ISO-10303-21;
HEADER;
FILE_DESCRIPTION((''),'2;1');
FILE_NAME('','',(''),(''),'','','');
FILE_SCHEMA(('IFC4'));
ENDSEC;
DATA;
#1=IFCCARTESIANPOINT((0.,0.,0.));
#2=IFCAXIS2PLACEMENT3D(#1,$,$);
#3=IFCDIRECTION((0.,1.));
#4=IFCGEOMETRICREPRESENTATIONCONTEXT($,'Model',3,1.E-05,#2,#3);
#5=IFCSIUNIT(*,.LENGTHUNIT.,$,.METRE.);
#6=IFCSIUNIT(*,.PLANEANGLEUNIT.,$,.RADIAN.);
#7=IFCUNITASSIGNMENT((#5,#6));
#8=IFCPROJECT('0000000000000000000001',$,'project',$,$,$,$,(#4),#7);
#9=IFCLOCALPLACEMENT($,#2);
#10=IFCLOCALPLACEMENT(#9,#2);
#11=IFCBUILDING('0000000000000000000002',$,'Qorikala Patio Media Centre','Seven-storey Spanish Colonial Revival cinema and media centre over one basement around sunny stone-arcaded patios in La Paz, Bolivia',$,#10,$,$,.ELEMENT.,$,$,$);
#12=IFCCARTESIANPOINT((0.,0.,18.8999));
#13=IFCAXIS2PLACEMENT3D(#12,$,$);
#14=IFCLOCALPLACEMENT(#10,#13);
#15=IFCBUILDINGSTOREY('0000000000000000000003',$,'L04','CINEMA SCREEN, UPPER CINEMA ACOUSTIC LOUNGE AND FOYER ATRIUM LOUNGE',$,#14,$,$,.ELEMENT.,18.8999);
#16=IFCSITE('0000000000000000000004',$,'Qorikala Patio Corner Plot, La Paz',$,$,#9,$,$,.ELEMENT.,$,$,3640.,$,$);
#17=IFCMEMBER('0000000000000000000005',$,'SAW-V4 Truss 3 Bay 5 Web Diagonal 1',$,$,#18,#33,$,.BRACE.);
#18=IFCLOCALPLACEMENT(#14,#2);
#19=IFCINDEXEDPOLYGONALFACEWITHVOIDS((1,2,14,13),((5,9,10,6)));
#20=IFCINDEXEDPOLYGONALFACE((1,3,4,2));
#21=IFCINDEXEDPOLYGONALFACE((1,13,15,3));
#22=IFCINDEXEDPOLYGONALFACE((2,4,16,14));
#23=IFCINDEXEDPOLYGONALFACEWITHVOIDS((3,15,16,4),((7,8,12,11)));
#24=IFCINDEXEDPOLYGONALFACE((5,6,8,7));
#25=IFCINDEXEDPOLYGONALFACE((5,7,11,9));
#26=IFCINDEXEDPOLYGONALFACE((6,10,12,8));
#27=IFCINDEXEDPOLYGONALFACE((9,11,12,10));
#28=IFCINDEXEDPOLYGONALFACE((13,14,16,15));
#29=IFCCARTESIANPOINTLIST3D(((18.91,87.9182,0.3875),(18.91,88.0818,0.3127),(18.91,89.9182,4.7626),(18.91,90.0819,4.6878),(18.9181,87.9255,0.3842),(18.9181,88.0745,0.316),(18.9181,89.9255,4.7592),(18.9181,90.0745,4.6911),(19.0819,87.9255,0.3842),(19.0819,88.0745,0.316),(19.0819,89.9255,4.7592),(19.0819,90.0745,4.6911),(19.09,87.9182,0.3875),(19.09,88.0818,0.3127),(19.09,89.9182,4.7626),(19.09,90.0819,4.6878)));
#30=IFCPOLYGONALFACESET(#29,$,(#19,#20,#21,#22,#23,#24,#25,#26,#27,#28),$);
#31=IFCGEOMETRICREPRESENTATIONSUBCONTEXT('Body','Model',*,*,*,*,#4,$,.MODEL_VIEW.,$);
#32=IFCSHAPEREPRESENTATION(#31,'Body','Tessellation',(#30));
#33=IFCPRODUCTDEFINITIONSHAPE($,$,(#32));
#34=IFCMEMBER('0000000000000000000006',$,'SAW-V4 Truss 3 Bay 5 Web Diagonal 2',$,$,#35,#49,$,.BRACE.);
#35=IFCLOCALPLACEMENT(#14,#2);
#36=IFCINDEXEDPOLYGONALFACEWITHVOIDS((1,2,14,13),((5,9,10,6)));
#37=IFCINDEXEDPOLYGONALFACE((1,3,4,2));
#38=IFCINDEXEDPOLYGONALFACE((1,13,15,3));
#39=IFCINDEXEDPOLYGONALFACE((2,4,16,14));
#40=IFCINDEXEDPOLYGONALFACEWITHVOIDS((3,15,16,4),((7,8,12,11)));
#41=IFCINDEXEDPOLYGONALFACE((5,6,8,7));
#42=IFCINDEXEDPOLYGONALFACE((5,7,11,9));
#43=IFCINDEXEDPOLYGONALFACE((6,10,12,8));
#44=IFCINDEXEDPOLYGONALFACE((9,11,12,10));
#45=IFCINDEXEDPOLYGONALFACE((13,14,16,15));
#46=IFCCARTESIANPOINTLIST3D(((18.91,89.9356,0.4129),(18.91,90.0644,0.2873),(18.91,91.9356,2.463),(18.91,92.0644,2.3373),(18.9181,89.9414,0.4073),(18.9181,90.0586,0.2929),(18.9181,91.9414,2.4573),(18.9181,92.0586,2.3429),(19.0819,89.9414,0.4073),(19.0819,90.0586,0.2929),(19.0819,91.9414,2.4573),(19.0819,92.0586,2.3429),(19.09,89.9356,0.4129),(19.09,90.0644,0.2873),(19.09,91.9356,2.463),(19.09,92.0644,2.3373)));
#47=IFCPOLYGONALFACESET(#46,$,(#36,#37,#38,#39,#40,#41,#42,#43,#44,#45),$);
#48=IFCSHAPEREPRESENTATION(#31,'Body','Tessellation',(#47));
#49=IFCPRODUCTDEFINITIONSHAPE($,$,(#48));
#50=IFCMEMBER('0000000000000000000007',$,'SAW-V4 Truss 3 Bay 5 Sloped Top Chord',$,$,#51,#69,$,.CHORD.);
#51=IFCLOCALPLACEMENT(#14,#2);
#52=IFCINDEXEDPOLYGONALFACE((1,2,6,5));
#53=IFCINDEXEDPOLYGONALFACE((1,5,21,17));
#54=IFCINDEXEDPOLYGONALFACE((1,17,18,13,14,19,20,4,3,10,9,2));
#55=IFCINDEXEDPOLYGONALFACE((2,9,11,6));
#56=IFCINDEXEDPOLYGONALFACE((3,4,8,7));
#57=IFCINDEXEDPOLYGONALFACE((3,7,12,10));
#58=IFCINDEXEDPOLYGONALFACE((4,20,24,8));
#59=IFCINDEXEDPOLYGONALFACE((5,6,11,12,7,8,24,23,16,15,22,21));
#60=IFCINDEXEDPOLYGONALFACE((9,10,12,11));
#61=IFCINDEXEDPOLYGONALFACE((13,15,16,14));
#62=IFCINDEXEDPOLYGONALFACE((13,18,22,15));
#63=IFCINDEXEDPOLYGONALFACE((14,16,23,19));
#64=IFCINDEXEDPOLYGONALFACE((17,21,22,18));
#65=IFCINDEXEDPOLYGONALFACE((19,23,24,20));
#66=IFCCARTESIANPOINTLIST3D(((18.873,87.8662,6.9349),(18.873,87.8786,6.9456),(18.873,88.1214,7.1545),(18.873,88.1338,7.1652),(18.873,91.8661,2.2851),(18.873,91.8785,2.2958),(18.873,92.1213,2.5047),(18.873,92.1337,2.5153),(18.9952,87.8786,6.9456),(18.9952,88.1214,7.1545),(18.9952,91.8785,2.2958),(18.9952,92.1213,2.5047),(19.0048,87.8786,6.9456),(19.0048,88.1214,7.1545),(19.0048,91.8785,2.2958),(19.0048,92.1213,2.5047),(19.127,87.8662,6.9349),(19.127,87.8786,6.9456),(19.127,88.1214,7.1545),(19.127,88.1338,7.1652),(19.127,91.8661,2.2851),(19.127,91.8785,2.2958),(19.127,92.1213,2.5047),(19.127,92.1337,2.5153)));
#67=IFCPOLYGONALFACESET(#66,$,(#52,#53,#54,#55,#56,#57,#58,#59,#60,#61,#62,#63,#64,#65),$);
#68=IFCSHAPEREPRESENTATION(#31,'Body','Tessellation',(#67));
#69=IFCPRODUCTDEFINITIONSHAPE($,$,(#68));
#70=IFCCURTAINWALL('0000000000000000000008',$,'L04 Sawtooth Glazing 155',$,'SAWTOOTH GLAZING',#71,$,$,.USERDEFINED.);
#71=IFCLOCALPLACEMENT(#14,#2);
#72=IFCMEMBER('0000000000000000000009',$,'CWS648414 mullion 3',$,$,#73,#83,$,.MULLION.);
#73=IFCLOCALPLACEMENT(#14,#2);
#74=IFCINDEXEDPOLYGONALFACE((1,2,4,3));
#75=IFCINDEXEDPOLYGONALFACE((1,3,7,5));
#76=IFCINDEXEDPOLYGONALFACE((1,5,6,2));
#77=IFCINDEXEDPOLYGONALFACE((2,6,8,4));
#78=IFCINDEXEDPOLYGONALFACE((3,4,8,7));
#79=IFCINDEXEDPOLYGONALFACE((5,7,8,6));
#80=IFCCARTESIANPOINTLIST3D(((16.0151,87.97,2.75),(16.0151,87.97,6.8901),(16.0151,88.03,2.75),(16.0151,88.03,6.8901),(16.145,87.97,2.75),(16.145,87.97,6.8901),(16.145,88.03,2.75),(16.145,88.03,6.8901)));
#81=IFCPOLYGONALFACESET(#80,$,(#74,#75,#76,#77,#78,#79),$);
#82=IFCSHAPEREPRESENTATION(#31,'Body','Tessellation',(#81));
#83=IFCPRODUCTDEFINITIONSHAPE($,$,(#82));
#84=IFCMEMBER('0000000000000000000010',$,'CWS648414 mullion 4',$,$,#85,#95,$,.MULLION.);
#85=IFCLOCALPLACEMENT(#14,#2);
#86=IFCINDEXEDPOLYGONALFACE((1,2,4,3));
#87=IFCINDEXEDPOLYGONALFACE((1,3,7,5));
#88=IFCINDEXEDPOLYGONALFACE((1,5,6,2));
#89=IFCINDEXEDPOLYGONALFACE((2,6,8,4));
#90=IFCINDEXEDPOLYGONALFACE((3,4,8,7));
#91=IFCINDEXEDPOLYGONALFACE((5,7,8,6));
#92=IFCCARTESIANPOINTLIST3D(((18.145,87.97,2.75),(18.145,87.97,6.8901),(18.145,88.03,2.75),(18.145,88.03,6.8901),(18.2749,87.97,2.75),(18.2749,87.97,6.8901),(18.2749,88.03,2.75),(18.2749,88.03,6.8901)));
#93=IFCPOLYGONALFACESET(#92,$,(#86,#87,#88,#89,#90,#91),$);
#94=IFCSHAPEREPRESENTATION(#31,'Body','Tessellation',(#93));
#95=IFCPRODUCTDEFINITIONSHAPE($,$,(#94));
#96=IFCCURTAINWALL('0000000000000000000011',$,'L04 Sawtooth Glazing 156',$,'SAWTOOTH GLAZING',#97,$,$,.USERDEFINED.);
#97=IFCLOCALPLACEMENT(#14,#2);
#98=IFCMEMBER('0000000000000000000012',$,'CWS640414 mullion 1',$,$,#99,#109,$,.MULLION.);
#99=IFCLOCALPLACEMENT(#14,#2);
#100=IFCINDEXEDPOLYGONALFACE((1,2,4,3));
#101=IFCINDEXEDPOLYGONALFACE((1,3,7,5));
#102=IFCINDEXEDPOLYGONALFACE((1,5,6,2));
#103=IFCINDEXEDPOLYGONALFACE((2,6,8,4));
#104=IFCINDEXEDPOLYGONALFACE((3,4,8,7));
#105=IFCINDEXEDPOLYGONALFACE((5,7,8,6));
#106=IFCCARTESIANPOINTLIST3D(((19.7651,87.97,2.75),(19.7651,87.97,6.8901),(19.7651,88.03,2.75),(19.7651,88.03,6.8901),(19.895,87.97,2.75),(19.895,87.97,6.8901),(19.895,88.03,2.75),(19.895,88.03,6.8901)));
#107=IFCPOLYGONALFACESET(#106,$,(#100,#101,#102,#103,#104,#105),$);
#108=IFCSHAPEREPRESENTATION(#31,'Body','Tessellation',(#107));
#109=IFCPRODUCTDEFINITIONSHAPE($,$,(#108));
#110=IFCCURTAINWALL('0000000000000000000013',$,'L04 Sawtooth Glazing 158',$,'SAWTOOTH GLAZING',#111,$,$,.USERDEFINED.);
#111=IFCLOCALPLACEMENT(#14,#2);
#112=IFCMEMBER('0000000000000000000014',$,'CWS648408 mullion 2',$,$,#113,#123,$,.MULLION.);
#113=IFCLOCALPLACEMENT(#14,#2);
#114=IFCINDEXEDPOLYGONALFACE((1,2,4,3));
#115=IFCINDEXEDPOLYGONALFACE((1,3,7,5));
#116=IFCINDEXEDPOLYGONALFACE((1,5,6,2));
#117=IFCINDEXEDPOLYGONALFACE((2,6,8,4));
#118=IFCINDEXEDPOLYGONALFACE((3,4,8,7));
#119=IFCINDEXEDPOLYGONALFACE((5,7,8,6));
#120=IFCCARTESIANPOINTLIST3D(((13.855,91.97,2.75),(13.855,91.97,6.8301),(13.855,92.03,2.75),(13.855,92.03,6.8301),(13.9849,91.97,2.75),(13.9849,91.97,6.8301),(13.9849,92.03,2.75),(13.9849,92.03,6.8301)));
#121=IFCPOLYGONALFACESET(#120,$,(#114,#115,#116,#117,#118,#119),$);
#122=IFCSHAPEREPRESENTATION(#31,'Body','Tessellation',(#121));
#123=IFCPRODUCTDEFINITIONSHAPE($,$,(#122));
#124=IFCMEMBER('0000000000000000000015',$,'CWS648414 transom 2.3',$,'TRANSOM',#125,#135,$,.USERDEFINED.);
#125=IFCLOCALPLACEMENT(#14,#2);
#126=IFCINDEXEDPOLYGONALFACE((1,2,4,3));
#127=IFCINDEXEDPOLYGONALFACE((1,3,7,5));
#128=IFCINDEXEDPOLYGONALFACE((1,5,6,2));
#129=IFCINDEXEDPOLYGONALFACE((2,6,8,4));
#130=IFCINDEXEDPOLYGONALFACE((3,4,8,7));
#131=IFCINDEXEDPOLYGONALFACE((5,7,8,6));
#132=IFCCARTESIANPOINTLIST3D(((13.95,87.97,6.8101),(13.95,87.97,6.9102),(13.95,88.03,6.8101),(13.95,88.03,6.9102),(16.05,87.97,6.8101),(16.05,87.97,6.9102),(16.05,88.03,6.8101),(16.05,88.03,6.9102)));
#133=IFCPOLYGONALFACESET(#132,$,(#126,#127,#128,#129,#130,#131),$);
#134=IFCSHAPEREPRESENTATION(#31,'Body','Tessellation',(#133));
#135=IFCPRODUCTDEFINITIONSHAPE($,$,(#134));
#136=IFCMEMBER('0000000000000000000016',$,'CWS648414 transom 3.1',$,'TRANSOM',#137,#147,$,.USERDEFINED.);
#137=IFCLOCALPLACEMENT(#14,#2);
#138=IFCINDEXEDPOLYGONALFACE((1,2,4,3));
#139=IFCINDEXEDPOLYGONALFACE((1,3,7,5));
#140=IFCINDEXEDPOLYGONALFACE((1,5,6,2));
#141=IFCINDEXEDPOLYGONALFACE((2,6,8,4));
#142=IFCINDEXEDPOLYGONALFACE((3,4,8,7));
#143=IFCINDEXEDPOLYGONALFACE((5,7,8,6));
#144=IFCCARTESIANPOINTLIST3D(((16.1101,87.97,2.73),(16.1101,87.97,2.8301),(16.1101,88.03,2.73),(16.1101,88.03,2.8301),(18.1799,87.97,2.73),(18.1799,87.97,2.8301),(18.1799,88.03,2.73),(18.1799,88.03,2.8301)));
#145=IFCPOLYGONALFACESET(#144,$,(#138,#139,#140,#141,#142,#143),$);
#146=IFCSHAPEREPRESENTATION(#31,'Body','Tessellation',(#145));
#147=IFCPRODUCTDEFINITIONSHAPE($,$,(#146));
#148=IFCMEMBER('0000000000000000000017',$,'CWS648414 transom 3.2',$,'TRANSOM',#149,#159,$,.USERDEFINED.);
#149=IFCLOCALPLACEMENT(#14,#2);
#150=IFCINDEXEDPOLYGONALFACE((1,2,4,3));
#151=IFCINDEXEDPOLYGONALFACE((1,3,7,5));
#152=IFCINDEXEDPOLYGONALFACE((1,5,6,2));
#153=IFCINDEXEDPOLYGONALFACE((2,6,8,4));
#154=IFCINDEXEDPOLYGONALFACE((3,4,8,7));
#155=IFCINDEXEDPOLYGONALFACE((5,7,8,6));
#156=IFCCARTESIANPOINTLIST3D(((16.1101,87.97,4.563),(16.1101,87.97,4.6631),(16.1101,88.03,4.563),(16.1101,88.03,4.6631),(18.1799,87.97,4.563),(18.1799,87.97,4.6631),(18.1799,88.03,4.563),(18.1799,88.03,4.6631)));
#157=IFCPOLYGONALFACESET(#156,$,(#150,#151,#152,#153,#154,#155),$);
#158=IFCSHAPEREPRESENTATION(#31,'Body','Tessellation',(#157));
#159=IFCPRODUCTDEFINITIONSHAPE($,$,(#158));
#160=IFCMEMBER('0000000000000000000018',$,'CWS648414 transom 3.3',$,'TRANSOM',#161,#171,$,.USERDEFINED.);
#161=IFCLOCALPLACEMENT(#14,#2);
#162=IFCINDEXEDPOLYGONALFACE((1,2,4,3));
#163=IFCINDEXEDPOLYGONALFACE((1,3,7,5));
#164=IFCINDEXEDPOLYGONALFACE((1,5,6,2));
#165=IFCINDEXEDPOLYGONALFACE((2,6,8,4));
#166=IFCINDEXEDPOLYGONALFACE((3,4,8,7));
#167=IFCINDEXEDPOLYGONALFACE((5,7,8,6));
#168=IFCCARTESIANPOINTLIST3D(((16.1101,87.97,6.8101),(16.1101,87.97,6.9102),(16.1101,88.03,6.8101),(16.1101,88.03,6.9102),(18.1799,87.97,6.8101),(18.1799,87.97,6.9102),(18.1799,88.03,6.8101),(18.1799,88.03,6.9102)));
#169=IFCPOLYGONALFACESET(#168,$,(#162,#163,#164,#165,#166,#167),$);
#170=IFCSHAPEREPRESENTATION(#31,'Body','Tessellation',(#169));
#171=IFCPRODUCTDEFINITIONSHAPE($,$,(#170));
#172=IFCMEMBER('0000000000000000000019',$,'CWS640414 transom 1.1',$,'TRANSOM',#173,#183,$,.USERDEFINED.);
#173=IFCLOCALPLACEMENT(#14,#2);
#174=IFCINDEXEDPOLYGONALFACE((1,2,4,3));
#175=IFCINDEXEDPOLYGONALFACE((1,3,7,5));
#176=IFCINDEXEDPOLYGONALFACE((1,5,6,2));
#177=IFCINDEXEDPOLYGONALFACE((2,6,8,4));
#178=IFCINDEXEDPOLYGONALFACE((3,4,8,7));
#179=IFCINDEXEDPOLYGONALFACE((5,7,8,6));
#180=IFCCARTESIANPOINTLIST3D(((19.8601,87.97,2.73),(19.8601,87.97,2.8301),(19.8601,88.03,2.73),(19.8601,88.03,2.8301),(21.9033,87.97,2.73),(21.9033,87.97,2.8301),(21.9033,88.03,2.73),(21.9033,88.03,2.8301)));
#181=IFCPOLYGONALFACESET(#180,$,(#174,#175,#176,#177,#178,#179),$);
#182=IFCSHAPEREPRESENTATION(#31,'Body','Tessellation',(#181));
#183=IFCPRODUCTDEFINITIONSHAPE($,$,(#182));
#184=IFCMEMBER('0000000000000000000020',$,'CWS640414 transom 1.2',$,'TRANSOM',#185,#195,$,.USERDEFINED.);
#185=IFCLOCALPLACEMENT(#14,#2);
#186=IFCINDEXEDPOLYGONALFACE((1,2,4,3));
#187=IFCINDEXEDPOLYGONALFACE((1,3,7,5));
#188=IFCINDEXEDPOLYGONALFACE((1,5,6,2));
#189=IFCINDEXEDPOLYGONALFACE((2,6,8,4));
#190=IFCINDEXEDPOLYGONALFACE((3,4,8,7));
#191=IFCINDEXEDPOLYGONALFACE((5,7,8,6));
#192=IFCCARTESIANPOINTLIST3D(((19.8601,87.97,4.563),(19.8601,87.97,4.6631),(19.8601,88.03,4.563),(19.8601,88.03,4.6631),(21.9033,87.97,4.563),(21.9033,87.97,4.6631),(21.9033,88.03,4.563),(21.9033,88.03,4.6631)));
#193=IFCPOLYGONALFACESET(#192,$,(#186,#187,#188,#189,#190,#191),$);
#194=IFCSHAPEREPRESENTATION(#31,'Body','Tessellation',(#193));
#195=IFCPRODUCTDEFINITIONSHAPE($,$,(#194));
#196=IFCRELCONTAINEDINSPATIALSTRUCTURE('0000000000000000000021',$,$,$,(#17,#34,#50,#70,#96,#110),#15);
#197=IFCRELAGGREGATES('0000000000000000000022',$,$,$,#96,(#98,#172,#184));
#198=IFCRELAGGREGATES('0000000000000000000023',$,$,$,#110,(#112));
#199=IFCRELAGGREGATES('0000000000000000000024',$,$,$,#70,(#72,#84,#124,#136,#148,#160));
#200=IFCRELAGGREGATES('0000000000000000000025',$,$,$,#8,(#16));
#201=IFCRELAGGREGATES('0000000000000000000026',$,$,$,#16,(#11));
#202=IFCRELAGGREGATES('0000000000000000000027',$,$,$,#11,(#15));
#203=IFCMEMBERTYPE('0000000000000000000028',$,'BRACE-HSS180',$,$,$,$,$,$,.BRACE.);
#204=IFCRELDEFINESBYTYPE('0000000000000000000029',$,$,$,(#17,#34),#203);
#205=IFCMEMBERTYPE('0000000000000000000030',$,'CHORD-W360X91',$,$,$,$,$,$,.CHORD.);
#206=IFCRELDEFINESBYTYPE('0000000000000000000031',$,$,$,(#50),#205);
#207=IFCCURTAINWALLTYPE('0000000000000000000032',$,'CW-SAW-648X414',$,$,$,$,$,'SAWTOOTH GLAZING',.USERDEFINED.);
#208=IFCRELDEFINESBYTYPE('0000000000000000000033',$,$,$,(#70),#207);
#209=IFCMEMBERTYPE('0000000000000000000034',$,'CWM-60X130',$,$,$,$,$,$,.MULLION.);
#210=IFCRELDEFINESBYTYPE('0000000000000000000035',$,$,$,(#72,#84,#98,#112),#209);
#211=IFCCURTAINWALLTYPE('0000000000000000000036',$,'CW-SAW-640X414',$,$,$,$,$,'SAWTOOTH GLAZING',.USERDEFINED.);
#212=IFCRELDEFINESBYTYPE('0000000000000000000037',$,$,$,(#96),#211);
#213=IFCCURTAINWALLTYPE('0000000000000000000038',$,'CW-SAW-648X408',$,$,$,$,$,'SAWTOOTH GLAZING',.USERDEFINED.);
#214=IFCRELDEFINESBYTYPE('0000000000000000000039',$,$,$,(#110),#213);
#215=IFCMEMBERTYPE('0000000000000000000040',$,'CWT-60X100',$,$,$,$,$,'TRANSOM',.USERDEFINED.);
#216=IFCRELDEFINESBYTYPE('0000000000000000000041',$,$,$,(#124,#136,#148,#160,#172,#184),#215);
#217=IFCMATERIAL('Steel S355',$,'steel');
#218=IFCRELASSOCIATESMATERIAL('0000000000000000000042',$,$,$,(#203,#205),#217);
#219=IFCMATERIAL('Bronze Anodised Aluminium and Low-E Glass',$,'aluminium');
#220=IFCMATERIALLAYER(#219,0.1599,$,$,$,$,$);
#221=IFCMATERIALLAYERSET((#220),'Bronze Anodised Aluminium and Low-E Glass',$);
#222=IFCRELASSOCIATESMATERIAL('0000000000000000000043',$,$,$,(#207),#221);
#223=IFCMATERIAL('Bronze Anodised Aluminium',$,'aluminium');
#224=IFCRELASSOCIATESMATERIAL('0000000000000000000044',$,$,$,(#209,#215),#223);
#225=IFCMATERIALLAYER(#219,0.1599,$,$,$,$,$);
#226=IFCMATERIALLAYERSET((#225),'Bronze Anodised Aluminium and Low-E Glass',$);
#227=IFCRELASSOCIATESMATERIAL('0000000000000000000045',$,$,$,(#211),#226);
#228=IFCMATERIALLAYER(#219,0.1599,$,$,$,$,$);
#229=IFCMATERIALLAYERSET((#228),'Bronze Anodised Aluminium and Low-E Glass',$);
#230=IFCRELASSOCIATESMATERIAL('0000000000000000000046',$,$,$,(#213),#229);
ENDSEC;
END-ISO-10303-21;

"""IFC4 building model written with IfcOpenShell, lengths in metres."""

from ifc_helpers import new_model, si_unit, direction, frame, origin, origin_2d, place, context, subcontext, project, spatial, rectangle, hollow_rectangle, i_section, extrude, material, layer, layer_set, material_profile, profile_set, type_object, element, aggregate, save


model = new_model("IFC4")

# Units and contexts
model_context = context("Model", 3, precision=1e-05, world=origin(), true_north=direction((0.0, 1.0)))
body_context = subcontext(model_context, "Body", "Model", "MODEL_VIEW")
ifc_project = project(units=[si_unit("LENGTHUNIT", "METRE"), si_unit("PLANEANGLEUNIT", "RADIAN")], contexts=[model_context])

# Site, building, storey
site_placement = place(None, origin())
site = spatial("IfcSite", under=ifc_project, at=site_placement, Name="Qorikala Patio Corner Plot, La Paz", CompositionType="ELEMENT", RefElevation=3640.0)
building_placement = place(site_placement, origin())
building = spatial("IfcBuilding", under=site, at=building_placement, Name="Qorikala Patio Media Centre", Description="Seven-storey Spanish Colonial Revival cinema and media centre over one basement around sunny stone-arcaded patios in La Paz, Bolivia", CompositionType="ELEMENT")
storey_placement = place(building_placement, frame((0.0, 0.0, 18.8999)))
storey = spatial("IfcBuildingStorey", under=building, at=storey_placement, Name="L04", Description="CINEMA SCREEN, UPPER CINEMA ACOUSTIC LOUNGE AND FOYER ATRIUM LOUNGE", CompositionType="ELEMENT", Elevation=18.8999)

# Members
ifc_material_1 = material(Name="Steel S355", Category="steel")
ifc_material_profile_1 = material_profile(ifc_material_1, hollow_rectangle(XDim=0.1799, YDim=0.1799, WallThickness=0.0081, at=origin_2d()), Name="HSS180X180X8")
ifc_profile_set_1 = profile_set([ifc_material_profile_1], Name="Steel S355")
member_type_1 = type_object("IfcMemberType", Name="BRACE-HSS180", PredefinedType="BRACE", material=ifc_profile_set_1)
member_1_placement = place(storey_placement, frame((19.0, 88.0, 0.3501), z_axis=(0.0, 0.41576, 0.909474), x_axis=(-1.0, 0.0, 0.0)))
element("IfcMember", 1, at=member_1_placement, inside=storey, type_object=member_type_1, Name="SAW-V4 Truss 3 Bay 5 Web Diagonal 1", PredefinedType="BRACE", context=body_context, shape_type="SweptSolid", body=[
    extrude(hollow_rectangle(XDim=0.1799, YDim=0.1799, WallThickness=0.0081, at=origin_2d()), origin(), (0.0, 0.0, 1.0), 4.8105),
])
member_2_placement = place(storey_placement, frame((19.0, 90.0, 0.3501), z_axis=(0.0, 0.698315, 0.71579), x_axis=(-1.0, 0.0, 0.0)))
element("IfcMember", 2, at=member_2_placement, inside=storey, type_object=member_type_1, Name="SAW-V4 Truss 3 Bay 5 Web Diagonal 2", PredefinedType="BRACE", context=body_context, shape_type="SweptSolid", body=[
    extrude(hollow_rectangle(XDim=0.1799, YDim=0.1799, WallThickness=0.0081, at=origin_2d()), origin(), (0.0, 0.0, 1.0), 2.864),
])
ifc_material_profile_2 = material_profile(ifc_material_1, i_section(OverallWidth=0.2539, OverallDepth=0.353, WebThickness=0.0095, FlangeThickness=0.0164, at=origin_2d()), Name="W360X91")
ifc_profile_set_2 = profile_set([ifc_material_profile_2], Name="Steel S355")
member_type_2 = type_object("IfcMemberType", Name="CHORD-W360X91", PredefinedType="CHORD", material=ifc_profile_set_2)
member_3_placement = place(storey_placement, frame((19.0, 88.0, 7.05), z_axis=(0.0, 0.652141, -0.758098), x_axis=(-1.0, 0.0, 0.0)))
element("IfcMember", 3, at=member_3_placement, inside=storey, type_object=member_type_2, Name="SAW-V4 Truss 3 Bay 5 Sloped Top Chord", PredefinedType="CHORD", context=body_context, shape_type="SweptSolid", body=[
    extrude(i_section(OverallWidth=0.2539, OverallDepth=0.353, WebThickness=0.0095, FlangeThickness=0.0164, at=origin_2d()), origin(), (0.0, 0.0, 1.0), 6.1335),
])

# Curtain wall, members
ifc_material_2 = material(Name="Bronze Anodised Aluminium and Low-E Glass", Category="aluminium")
ifc_layer_1 = layer(ifc_material_2, 0.1599)
ifc_layer_set_1 = layer_set([ifc_layer_1], Name="Bronze Anodised Aluminium and Low-E Glass")
curtain_wall_type_1 = type_object("IfcCurtainWallType", Name="CW-SAW-648X414", ElementType="SAWTOOTH GLAZING", PredefinedType="USERDEFINED", material=ifc_layer_set_1)
curtain_wall_1_placement = place(storey_placement, origin())
curtain_wall_1 = element("IfcCurtainWall", 4, at=curtain_wall_1_placement, inside=storey, type_object=curtain_wall_type_1, Name="L04 Sawtooth Glazing 155", ObjectType="SAWTOOTH GLAZING", PredefinedType="USERDEFINED")
ifc_material_3 = material(Name="Bronze Anodised Aluminium", Category="aluminium")
ifc_material_profile_3 = material_profile(ifc_material_3, rectangle(XDim=0.0601, YDim=0.1299, at=origin_2d()), Name="ALU MULLION 60x130")
ifc_profile_set_3 = profile_set([ifc_material_profile_3], Name="Bronze Anodised Aluminium")
member_type_3 = type_object("IfcMemberType", Name="CWM-60X130", PredefinedType="MULLION", material=ifc_profile_set_3)
member_4_placement = place(storey_placement, frame((16.0801, 88.0, 2.75), z_axis=(0.0, 0.0, 1.0), x_axis=(0.0, 1.0, 0.0)))
member_4 = element("IfcMember", 5, at=member_4_placement, type_object=member_type_3, Name="CWS648414 mullion 3", PredefinedType="MULLION", context=body_context, shape_type="SweptSolid", body=[
    extrude(rectangle(XDim=0.0601, YDim=0.1299, at=origin_2d()), origin(), (0.0, 0.0, 1.0), 4.1401),
])
member_5_placement = place(storey_placement, frame((18.21, 88.0, 2.75), z_axis=(0.0, 0.0, 1.0), x_axis=(0.0, 1.0, 0.0)))
member_5 = element("IfcMember", 6, at=member_5_placement, type_object=member_type_3, Name="CWS648414 mullion 4", PredefinedType="MULLION", context=body_context, shape_type="SweptSolid", body=[
    extrude(rectangle(XDim=0.0601, YDim=0.1299, at=origin_2d()), origin(), (0.0, 0.0, 1.0), 4.1401),
])

# Curtain walls, members
ifc_layer_2 = layer(ifc_material_2, 0.1599)
ifc_layer_set_2 = layer_set([ifc_layer_2], Name="Bronze Anodised Aluminium and Low-E Glass")
curtain_wall_type_2 = type_object("IfcCurtainWallType", Name="CW-SAW-640X414", ElementType="SAWTOOTH GLAZING", PredefinedType="USERDEFINED", material=ifc_layer_set_2)
curtain_wall_2_placement = place(storey_placement, origin())
curtain_wall_2 = element("IfcCurtainWall", 7, at=curtain_wall_2_placement, inside=storey, type_object=curtain_wall_type_2, Name="L04 Sawtooth Glazing 156", ObjectType="SAWTOOTH GLAZING", PredefinedType="USERDEFINED")
member_6_placement = place(storey_placement, frame((19.8301, 88.0, 2.75), z_axis=(0.0, 0.0, 1.0), x_axis=(0.0, 1.0, 0.0)))
member_6 = element("IfcMember", 8, at=member_6_placement, type_object=member_type_3, Name="CWS640414 mullion 1", PredefinedType="MULLION", context=body_context, shape_type="SweptSolid", body=[
    extrude(rectangle(XDim=0.0601, YDim=0.1299, at=origin_2d()), origin(), (0.0, 0.0, 1.0), 4.1401),
])
ifc_layer_3 = layer(ifc_material_2, 0.1599)
ifc_layer_set_3 = layer_set([ifc_layer_3], Name="Bronze Anodised Aluminium and Low-E Glass")
curtain_wall_type_3 = type_object("IfcCurtainWallType", Name="CW-SAW-648X408", ElementType="SAWTOOTH GLAZING", PredefinedType="USERDEFINED", material=ifc_layer_set_3)
curtain_wall_3_placement = place(storey_placement, origin())
curtain_wall_3 = element("IfcCurtainWall", 9, at=curtain_wall_3_placement, inside=storey, type_object=curtain_wall_type_3, Name="L04 Sawtooth Glazing 158", ObjectType="SAWTOOTH GLAZING", PredefinedType="USERDEFINED")
member_7_placement = place(storey_placement, frame((13.9199, 92.0, 2.75), z_axis=(0.0, 0.0, 1.0), x_axis=(0.0, 1.0, 0.0)))
member_7 = element("IfcMember", 10, at=member_7_placement, type_object=member_type_3, Name="CWS648408 mullion 2", PredefinedType="MULLION", context=body_context, shape_type="SweptSolid", body=[
    extrude(rectangle(XDim=0.0601, YDim=0.1299, at=origin_2d()), origin(), (0.0, 0.0, 1.0), 4.0801),
])

# Members
ifc_material_profile_4 = material_profile(ifc_material_3, rectangle(XDim=0.0601, YDim=0.1001, at=origin_2d()), Name="ALU TRANSOM 60x100")
ifc_profile_set_4 = profile_set([ifc_material_profile_4], Name="Bronze Anodised Aluminium")
member_type_4 = type_object("IfcMemberType", Name="CWT-60X100", ElementType="TRANSOM", PredefinedType="USERDEFINED", material=ifc_profile_set_4)
member_8_placement = place(storey_placement, frame((13.95, 88.0, 6.8601), z_axis=(1.0, 0.0, 0.0), x_axis=(0.0, 1.0, 0.0)))
member_8 = element("IfcMember", 11, at=member_8_placement, type_object=member_type_4, Name="CWS648414 transom 2.3", ObjectType="TRANSOM", PredefinedType="USERDEFINED", context=body_context, shape_type="SweptSolid", body=[
    extrude(rectangle(XDim=0.0601, YDim=0.1001, at=origin_2d()), origin(), (0.0, 0.0, 1.0), 2.1001),
])
member_9_placement = place(storey_placement, frame((16.1101, 88.0, 2.78), z_axis=(1.0, 0.0, 0.0), x_axis=(0.0, 1.0, 0.0)))
member_9 = element("IfcMember", 12, at=member_9_placement, type_object=member_type_4, Name="CWS648414 transom 3.1", ObjectType="TRANSOM", PredefinedType="USERDEFINED", context=body_context, shape_type="SweptSolid", body=[
    extrude(rectangle(XDim=0.0601, YDim=0.1001, at=origin_2d()), origin(), (0.0, 0.0, 1.0), 2.0698),
])
member_10_placement = place(storey_placement, frame((16.1101, 88.0, 4.613), z_axis=(1.0, 0.0, 0.0), x_axis=(0.0, 1.0, 0.0)))
member_10 = element("IfcMember", 13, at=member_10_placement, type_object=member_type_4, Name="CWS648414 transom 3.2", ObjectType="TRANSOM", PredefinedType="USERDEFINED", context=body_context, shape_type="SweptSolid", body=[
    extrude(rectangle(XDim=0.0601, YDim=0.1001, at=origin_2d()), origin(), (0.0, 0.0, 1.0), 2.0698),
])
member_11_placement = place(storey_placement, frame((16.1101, 88.0, 6.8601), z_axis=(1.0, 0.0, 0.0), x_axis=(0.0, 1.0, 0.0)))
member_11 = element("IfcMember", 14, at=member_11_placement, type_object=member_type_4, Name="CWS648414 transom 3.3", ObjectType="TRANSOM", PredefinedType="USERDEFINED", context=body_context, shape_type="SweptSolid", body=[
    extrude(rectangle(XDim=0.0601, YDim=0.1001, at=origin_2d()), origin(), (0.0, 0.0, 1.0), 2.0698),
])
member_12_placement = place(storey_placement, frame((19.8601, 88.0, 2.78), z_axis=(1.0, 0.0, 0.0), x_axis=(0.0, 1.0, 0.0)))
member_12 = element("IfcMember", 15, at=member_12_placement, type_object=member_type_4, Name="CWS640414 transom 1.1", ObjectType="TRANSOM", PredefinedType="USERDEFINED", context=body_context, shape_type="SweptSolid", body=[
    extrude(rectangle(XDim=0.0601, YDim=0.1001, at=origin_2d()), origin(), (0.0, 0.0, 1.0), 2.0432),
])
member_13_placement = place(storey_placement, frame((19.8601, 88.0, 4.613), z_axis=(1.0, 0.0, 0.0), x_axis=(0.0, 1.0, 0.0)))
member_13 = element("IfcMember", 16, at=member_13_placement, type_object=member_type_4, Name="CWS640414 transom 1.2", ObjectType="TRANSOM", PredefinedType="USERDEFINED", context=body_context, shape_type="SweptSolid", body=[
    extrude(rectangle(XDim=0.0601, YDim=0.1001, at=origin_2d()), origin(), (0.0, 0.0, 1.0), 2.0432),
])
aggregate(curtain_wall_2, [member_6, member_12, member_13])
aggregate(curtain_wall_3, [member_7])

aggregate(curtain_wall_1, [member_4, member_5, member_8, member_9, member_10, member_11])

save(model, "model.ifc")
